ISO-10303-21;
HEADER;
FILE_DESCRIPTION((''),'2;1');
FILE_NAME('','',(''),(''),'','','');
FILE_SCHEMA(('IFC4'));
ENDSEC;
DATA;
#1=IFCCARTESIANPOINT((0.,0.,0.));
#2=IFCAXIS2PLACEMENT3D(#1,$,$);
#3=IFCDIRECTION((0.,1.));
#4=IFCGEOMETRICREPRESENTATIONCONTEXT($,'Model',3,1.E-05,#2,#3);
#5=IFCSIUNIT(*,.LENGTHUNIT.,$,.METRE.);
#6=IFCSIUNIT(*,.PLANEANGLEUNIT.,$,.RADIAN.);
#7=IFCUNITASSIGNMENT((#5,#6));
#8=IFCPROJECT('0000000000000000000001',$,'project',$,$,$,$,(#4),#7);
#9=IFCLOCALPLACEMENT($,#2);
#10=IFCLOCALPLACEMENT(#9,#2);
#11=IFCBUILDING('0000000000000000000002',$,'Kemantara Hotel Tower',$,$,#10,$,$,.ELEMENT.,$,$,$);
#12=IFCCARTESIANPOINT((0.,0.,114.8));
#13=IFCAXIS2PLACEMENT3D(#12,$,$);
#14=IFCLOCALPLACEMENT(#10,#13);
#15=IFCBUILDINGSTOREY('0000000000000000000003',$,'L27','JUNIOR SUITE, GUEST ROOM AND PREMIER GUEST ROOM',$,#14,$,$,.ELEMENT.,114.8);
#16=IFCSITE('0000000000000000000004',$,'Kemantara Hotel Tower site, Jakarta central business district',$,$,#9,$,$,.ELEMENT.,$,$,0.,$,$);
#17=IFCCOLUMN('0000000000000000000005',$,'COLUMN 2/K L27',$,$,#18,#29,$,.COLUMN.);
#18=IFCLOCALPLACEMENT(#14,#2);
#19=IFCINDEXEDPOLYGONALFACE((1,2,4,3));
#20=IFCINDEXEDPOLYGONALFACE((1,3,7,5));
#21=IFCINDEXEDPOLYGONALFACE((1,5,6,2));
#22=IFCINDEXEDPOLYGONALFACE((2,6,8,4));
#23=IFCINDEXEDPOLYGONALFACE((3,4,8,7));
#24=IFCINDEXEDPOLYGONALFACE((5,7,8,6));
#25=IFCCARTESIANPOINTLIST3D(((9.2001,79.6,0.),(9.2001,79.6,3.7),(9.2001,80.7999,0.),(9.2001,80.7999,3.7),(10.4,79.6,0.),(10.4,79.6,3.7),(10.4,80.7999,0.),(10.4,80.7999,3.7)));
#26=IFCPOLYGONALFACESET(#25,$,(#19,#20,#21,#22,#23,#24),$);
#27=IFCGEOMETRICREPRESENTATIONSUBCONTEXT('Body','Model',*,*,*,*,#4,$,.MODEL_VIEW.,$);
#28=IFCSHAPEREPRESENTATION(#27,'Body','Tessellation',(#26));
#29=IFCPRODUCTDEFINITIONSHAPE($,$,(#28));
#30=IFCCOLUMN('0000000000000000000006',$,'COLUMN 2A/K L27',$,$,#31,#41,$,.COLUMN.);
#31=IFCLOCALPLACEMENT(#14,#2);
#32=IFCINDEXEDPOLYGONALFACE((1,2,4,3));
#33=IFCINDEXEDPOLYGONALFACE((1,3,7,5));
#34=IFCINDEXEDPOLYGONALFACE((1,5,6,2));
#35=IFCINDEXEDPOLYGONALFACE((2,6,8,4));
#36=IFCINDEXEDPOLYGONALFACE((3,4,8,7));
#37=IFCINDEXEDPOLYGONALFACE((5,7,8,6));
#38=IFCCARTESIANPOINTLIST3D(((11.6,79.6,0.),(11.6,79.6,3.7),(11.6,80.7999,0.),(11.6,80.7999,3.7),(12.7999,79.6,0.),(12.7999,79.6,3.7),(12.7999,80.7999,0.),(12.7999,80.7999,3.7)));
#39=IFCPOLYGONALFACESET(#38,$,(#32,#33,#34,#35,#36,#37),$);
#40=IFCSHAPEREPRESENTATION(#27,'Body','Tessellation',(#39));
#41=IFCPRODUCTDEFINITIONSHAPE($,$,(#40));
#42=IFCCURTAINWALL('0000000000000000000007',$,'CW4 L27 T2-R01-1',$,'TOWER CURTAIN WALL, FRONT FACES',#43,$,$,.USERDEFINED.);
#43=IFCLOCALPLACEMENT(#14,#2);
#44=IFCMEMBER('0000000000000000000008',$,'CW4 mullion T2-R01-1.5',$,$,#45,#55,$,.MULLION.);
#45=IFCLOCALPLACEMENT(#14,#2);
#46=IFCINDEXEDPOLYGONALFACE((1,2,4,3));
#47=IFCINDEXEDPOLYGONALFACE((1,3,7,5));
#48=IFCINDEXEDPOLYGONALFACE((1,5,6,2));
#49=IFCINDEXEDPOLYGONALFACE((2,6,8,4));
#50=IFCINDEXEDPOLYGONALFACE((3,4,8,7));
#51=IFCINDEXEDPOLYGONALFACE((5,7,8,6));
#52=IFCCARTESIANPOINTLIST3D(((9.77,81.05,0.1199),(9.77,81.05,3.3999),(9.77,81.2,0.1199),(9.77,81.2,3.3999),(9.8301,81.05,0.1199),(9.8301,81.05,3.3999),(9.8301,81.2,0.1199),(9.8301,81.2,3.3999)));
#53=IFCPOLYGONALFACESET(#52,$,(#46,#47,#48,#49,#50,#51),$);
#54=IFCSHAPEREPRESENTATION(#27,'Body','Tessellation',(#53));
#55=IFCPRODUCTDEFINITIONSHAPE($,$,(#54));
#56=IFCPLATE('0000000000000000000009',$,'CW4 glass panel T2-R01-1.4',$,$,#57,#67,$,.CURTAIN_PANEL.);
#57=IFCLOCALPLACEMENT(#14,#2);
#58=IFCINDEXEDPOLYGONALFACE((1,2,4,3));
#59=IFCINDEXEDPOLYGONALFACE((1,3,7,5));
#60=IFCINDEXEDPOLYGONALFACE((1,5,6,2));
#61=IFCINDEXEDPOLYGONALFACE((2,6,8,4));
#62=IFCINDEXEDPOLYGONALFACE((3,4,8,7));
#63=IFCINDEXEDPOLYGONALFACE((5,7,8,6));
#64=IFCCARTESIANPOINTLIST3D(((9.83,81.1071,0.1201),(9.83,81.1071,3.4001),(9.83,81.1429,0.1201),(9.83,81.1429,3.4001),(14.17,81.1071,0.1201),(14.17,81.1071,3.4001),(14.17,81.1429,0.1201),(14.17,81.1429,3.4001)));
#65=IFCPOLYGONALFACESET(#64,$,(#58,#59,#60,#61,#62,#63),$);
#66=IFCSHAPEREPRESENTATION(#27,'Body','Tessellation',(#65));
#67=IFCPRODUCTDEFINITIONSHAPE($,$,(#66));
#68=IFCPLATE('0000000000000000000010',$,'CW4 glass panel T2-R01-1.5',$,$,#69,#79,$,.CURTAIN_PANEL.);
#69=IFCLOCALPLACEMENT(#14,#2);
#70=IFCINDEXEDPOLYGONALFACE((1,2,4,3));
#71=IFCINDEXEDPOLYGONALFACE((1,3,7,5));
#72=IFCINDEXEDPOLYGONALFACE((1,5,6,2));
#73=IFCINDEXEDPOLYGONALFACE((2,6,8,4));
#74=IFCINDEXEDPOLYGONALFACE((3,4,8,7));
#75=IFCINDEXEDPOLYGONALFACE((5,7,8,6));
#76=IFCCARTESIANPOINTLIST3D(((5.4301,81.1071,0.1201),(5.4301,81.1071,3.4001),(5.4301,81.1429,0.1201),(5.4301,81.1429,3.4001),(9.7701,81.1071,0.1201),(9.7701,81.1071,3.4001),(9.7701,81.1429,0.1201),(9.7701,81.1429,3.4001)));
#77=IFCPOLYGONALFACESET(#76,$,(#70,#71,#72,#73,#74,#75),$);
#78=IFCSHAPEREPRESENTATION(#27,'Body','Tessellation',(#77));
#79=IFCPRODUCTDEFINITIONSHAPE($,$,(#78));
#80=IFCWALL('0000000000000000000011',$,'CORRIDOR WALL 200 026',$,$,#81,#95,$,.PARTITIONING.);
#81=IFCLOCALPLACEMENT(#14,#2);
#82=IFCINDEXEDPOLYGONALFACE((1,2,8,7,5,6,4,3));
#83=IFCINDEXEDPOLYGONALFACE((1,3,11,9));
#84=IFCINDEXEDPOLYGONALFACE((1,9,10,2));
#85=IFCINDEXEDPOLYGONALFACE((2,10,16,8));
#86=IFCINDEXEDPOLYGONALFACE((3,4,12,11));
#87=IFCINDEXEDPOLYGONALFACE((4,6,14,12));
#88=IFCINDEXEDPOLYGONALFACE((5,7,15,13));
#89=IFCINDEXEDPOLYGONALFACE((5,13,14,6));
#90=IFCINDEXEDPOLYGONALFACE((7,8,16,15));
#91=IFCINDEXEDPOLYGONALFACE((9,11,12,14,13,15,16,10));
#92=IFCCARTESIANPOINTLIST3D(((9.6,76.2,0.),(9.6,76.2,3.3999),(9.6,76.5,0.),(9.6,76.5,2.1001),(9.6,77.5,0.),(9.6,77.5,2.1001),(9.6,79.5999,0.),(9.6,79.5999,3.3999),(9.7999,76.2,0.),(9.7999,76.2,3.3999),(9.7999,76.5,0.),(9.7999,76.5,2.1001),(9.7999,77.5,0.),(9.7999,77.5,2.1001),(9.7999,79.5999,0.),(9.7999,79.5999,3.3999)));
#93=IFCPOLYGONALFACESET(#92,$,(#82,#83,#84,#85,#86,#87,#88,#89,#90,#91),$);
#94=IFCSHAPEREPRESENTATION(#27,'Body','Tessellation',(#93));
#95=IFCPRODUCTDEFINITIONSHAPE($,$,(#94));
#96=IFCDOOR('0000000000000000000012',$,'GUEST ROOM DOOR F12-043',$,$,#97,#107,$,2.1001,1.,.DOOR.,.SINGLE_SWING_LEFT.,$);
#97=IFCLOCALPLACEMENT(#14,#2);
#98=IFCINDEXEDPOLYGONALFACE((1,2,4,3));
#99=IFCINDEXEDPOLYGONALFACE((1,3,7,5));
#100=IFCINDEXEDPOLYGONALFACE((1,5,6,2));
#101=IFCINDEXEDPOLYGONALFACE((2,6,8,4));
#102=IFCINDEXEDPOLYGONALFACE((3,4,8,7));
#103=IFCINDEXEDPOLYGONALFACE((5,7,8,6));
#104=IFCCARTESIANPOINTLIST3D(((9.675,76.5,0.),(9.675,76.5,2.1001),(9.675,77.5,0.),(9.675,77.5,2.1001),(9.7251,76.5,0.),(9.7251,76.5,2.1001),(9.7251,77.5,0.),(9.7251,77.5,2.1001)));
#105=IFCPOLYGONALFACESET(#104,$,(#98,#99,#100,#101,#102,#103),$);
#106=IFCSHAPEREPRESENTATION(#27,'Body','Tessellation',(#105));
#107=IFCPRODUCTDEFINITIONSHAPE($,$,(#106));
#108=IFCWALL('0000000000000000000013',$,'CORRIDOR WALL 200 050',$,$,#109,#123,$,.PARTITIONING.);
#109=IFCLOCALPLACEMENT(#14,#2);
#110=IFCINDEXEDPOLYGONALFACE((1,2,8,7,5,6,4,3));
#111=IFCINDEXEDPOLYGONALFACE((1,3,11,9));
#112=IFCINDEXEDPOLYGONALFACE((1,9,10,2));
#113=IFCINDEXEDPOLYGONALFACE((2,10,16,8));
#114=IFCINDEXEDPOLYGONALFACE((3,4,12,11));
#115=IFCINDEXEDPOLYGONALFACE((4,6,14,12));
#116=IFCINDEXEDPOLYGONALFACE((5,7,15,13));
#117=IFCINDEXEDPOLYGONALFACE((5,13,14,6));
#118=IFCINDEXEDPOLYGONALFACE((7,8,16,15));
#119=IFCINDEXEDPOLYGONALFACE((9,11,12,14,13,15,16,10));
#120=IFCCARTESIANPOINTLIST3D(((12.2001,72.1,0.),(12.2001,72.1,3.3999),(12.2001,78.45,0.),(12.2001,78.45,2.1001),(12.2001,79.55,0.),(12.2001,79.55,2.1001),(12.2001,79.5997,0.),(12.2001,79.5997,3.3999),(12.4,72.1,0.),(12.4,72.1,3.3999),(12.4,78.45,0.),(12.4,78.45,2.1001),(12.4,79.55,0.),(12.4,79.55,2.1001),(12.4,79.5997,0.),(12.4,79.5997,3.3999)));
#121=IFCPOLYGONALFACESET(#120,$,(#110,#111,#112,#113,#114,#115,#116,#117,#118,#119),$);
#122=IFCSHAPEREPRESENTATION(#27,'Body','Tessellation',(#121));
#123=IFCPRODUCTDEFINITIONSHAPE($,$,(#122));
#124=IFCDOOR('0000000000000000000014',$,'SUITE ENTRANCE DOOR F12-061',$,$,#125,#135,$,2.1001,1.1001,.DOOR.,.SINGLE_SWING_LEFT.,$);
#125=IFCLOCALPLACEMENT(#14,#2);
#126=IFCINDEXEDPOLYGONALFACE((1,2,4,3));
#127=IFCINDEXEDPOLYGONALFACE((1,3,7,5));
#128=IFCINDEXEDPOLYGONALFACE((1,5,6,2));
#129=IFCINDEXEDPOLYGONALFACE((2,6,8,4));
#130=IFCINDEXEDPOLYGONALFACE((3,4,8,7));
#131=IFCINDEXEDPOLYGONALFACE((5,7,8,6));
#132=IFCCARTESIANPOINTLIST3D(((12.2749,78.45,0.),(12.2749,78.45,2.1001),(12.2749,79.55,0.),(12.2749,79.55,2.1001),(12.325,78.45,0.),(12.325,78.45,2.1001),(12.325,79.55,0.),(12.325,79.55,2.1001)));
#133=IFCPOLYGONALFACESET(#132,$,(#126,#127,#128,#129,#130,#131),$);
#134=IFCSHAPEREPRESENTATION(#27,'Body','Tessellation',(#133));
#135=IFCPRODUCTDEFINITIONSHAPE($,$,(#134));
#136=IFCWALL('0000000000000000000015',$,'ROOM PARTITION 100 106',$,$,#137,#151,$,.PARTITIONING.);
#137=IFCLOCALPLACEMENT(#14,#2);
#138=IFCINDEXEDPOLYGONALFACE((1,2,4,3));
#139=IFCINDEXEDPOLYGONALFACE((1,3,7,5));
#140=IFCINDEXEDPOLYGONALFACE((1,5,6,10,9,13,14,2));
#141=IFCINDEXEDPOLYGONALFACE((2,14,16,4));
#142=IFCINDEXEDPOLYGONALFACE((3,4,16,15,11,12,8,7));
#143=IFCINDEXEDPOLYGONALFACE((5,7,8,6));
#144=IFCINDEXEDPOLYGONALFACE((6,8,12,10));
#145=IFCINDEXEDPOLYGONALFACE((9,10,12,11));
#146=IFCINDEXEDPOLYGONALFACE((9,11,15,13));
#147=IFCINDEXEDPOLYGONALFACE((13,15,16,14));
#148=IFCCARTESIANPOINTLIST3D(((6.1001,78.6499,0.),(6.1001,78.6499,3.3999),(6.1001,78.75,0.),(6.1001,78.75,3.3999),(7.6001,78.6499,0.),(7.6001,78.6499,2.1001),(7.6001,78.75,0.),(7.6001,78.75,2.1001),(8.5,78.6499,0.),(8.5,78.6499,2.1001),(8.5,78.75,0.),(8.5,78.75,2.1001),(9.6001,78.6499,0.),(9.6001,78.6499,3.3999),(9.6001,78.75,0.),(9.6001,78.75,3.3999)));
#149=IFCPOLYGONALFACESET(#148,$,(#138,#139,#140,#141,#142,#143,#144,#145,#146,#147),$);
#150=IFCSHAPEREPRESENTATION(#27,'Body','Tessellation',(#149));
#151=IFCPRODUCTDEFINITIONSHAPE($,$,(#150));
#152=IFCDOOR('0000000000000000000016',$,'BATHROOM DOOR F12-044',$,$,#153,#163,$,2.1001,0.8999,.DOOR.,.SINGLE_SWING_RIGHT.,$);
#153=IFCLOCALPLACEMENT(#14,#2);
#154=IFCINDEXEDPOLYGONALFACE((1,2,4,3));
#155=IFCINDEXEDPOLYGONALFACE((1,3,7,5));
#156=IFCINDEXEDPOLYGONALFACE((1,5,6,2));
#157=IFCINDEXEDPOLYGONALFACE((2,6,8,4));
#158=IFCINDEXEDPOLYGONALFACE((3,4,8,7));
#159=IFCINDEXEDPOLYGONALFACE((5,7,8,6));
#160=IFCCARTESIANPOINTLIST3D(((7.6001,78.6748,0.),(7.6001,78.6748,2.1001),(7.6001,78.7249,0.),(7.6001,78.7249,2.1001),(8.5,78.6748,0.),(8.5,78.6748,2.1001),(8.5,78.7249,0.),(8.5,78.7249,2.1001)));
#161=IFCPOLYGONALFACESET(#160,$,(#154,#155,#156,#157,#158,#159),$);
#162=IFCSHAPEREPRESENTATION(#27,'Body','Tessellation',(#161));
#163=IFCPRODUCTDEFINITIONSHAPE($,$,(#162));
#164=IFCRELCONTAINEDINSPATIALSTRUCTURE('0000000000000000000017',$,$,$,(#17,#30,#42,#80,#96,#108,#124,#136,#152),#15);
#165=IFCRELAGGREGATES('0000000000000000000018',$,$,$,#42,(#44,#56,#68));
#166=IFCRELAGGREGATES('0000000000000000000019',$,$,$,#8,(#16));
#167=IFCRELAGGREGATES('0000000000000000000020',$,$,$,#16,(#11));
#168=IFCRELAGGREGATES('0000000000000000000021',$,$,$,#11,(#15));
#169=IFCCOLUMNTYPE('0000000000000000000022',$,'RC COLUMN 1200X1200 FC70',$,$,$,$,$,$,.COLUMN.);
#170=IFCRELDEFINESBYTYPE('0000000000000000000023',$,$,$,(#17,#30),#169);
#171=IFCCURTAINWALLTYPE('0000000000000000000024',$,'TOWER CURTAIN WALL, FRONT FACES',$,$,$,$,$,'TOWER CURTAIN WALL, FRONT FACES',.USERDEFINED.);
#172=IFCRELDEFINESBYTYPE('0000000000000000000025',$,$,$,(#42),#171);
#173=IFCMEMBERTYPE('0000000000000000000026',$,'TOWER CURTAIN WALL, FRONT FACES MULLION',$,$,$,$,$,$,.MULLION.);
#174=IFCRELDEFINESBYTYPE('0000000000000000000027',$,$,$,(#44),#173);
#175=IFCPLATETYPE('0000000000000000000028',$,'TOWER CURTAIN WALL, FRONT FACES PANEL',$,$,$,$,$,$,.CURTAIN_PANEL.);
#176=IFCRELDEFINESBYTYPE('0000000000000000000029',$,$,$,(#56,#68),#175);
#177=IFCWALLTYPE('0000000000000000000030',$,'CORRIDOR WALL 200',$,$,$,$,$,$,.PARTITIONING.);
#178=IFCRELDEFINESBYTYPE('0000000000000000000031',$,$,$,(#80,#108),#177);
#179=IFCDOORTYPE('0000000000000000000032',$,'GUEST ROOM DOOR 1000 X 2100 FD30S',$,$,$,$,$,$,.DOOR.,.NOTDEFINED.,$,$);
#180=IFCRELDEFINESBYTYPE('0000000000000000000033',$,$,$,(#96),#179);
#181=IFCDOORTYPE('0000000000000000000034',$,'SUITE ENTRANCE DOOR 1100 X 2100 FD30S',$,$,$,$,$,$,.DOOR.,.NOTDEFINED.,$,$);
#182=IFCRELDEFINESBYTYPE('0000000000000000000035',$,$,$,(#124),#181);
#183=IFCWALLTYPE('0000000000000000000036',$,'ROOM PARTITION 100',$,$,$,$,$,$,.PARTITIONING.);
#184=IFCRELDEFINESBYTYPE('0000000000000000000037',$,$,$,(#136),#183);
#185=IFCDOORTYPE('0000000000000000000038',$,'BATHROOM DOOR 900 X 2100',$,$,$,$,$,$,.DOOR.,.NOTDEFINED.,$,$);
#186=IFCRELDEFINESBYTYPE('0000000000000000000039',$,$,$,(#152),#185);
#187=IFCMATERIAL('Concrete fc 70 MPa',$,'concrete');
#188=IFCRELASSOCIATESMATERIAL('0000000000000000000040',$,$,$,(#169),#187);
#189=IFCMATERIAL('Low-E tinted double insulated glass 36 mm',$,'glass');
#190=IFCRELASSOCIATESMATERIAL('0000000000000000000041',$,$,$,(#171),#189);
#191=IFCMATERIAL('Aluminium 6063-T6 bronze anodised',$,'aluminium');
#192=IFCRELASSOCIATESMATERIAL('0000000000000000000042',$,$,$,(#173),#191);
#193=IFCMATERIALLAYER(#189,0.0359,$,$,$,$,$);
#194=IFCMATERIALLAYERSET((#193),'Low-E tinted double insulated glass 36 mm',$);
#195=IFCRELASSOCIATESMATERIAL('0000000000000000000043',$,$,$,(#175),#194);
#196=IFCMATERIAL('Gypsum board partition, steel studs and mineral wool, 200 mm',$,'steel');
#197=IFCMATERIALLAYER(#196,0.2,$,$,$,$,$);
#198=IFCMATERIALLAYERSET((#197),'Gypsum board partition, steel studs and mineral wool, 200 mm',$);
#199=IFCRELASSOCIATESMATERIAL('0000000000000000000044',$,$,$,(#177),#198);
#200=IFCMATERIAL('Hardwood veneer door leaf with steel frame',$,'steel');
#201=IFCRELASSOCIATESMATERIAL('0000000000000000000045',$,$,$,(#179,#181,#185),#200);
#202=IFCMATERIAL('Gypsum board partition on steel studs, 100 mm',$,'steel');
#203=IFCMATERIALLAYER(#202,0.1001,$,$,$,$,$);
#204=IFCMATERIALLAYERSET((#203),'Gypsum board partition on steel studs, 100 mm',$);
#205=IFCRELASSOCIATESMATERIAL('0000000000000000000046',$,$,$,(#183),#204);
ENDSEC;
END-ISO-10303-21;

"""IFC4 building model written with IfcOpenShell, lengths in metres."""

from ifc_helpers import new_model, si_unit, direction, frame, frame_2d, origin, origin_2d, place, context, subcontext, project, spatial, rectangle, extrude, source, transform, mapped, material, layer, layer_set, material_profile, profile_set, type_object, element, fill, aggregate, save


model = new_model("IFC4")

# Units and contexts
model_context = context("Model", 3, precision=1e-05, world=origin(), true_north=direction((0.0, 1.0)))
body_context = subcontext(model_context, "Body", "Model", "MODEL_VIEW")
ifc_project = project(units=[si_unit("LENGTHUNIT", "METRE"), si_unit("PLANEANGLEUNIT", "RADIAN")], contexts=[model_context])

# Site, building, storey
site_placement = place(None, origin())
site = spatial("IfcSite", under=ifc_project, at=site_placement, Name="Kemantara Hotel Tower site, Jakarta central business district", CompositionType="ELEMENT", RefElevation=0.0)
building_placement = place(site_placement, origin())
building = spatial("IfcBuilding", under=site, at=building_placement, Name="Kemantara Hotel Tower", CompositionType="ELEMENT")
storey_placement = place(building_placement, frame((0.0, 0.0, 114.8)))
storey = spatial("IfcBuildingStorey", under=building, at=storey_placement, Name="L27", Description="JUNIOR SUITE, GUEST ROOM AND PREMIER GUEST ROOM", CompositionType="ELEMENT", Elevation=114.8)

# Columns
ifc_material_1 = material(Name="Concrete fc 70 MPa", Category="concrete")
ifc_material_profile_1 = material_profile(ifc_material_1, rectangle(XDim=1.2, YDim=1.2, at=origin_2d()), Name="RC 1200X1200")
ifc_profile_set_1 = profile_set([ifc_material_profile_1], Name="Concrete fc 70 MPa")
column_type = type_object("IfcColumnType", Name="RC COLUMN 1200X1200 FC70", PredefinedType="COLUMN", material=ifc_profile_set_1)
for number, where, z_axis, x_axis, name in (
    (1, (9.8, 80.2, 0.0), (0.0, 0.0, 1.0), (1.0, 0.0, 0.0), "COLUMN 2/K L27"),
    (2, (12.2, 80.2, 0.0), (0.0, 0.0, 1.0), (1.0, 0.0, 0.0), "COLUMN 2A/K L27"),
):
    element("IfcColumn", number, at=place(storey_placement, frame(where, z_axis=z_axis, x_axis=x_axis)), inside=storey, type_object=column_type, Name=name, PredefinedType="COLUMN", context=body_context, shape_type="SweptSolid", body=[
        extrude(rectangle(XDim=1.2, YDim=1.2, at=origin_2d()), origin(), (0.0, 0.0, 1.0), 3.7),
    ])

# Curtain wall, member, plates
ifc_material_2 = material(Name="Low-E tinted double insulated glass 36 mm", Category="glass")
curtain_wall_type = type_object("IfcCurtainWallType", Name="TOWER CURTAIN WALL, FRONT FACES", ElementType="TOWER CURTAIN WALL, FRONT FACES", PredefinedType="USERDEFINED", material=ifc_material_2)
curtain_wall_placement = place(storey_placement, origin())
curtain_wall = element("IfcCurtainWall", 3, at=curtain_wall_placement, inside=storey, type_object=curtain_wall_type, Name="CW4 L27 T2-R01-1", ObjectType="TOWER CURTAIN WALL, FRONT FACES", PredefinedType="USERDEFINED")
ifc_material_3 = material(Name="Aluminium 6063-T6 bronze anodised", Category="aluminium")
ifc_material_profile_2 = material_profile(ifc_material_3, rectangle(XDim=0.1499, YDim=0.0601, at=origin_2d()), Name="TOWER CURTAIN WALL, FRONT FACES MULLION")
ifc_profile_set_2 = profile_set([ifc_material_profile_2], Name="Aluminium 6063-T6 bronze anodised")
member_type = type_object("IfcMemberType", Name="TOWER CURTAIN WALL, FRONT FACES MULLION", PredefinedType="MULLION", material=ifc_profile_set_2)
shared_shape_1 = source(origin(), body_context, "Body", "SweptSolid", [
    extrude(rectangle(XDim=0.1499, YDim=0.0601, at=origin_2d()), origin(), (0.0, 0.0, 1.0), 3.28),
])
member_placement = place(storey_placement, frame((9.8, 81.125, 0.1199), z_axis=(0.0, 0.0, 1.0), x_axis=(0.0, -1.0, 0.0)))
member = element("IfcMember", 4, at=member_placement, type_object=member_type, Name="CW4 mullion T2-R01-1.5", PredefinedType="MULLION", context=body_context, shape_type="MappedRepresentation", body=[
    mapped(shared_shape_1, transform((0.0, 0.0, 0.0))),
])
ifc_layer_1 = layer(ifc_material_2, 0.0359)
ifc_layer_set_1 = layer_set([ifc_layer_1], Name="Low-E tinted double insulated glass 36 mm")
plate_type = type_object("IfcPlateType", Name="TOWER CURTAIN WALL, FRONT FACES PANEL", PredefinedType="CURTAIN_PANEL", material=ifc_layer_set_1)
shared_shape_2 = source(origin(), body_context, "Body", "SweptSolid", [
    extrude(rectangle(XDim=4.3401, YDim=0.0359, at=origin_2d()), origin(), (0.0, 0.0, 1.0), 3.28),
])
plate_1_placement = place(storey_placement, frame((12.0, 81.125, 0.1201), z_axis=(0.0, 0.0, 1.0), x_axis=(-1.0, 0.0, 0.0)))
plate_1 = element("IfcPlate", 5, at=plate_1_placement, type_object=plate_type, Name="CW4 glass panel T2-R01-1.4", PredefinedType="CURTAIN_PANEL", context=body_context, shape_type="MappedRepresentation", body=[
    mapped(shared_shape_2, transform((0.0, 0.0, 0.0))),
])
plate_2_placement = place(storey_placement, frame((7.6001, 81.125, 0.1201), z_axis=(0.0, 0.0, 1.0), x_axis=(-1.0, 0.0, 0.0)))
plate_2 = element("IfcPlate", 6, at=plate_2_placement, type_object=plate_type, Name="CW4 glass panel T2-R01-1.5", PredefinedType="CURTAIN_PANEL", context=body_context, shape_type="MappedRepresentation", body=[
    mapped(shared_shape_2, transform((0.0, 0.0, 0.0))),
])
aggregate(curtain_wall, [member, plate_1, plate_2])

# Walls, openings, doors
ifc_material_4 = material(Name="Gypsum board partition, steel studs and mineral wool, 200 mm", Category="steel")
ifc_layer_2 = layer(ifc_material_4, 0.2)
ifc_layer_set_2 = layer_set([ifc_layer_2], Name="Gypsum board partition, steel studs and mineral wool, 200 mm")
wall_type_1 = type_object("IfcWallType", Name="CORRIDOR WALL 200", PredefinedType="PARTITIONING", material=ifc_layer_set_2)
wall_1_placement = place(storey_placement, frame((9.7, 76.2, 0.0), z_axis=(0.0, 0.0, 1.0), x_axis=(0.0, 1.0, 0.0)))
wall_1 = element("IfcWall", 7, at=wall_1_placement, inside=storey, type_object=wall_type_1, Name="CORRIDOR WALL 200 026", PredefinedType="PARTITIONING", context=body_context, shape_type="SweptSolid", body=[
    extrude(rectangle(XDim=3.3999, YDim=0.2, at=frame_2d((1.7, 0.0))), origin(), (0.0, 0.0, 1.0), 3.3999),
])
opening_1_placement = place(wall_1_placement, frame((0.3, 0.0, 0.0)))
opening_1 = element("IfcOpeningElement", 8, at=opening_1_placement, cuts=wall_1, PredefinedType="OPENING", context=body_context, shape_type="SweptSolid", body=[
    extrude(rectangle(XDim=1.0, YDim=2.1001, at=frame_2d((0.5, 1.05))), frame((0.0, 0.1099, 0.0), z_axis=(0.0, -1.0, 0.0), x_axis=(1.0, 0.0, 0.0)), (0.0, 0.0, 1.0), 0.22),
])
ifc_material_5 = material(Name="Hardwood veneer door leaf with steel frame", Category="steel")
door_type_1 = type_object("IfcDoorType", Name="GUEST ROOM DOOR 1000 X 2100 FD30S", OperationType="NOTDEFINED", PredefinedType="DOOR", material=ifc_material_5)
door_1_placement = place(opening_1_placement, origin())
door_1 = element("IfcDoor", 9, at=door_1_placement, inside=storey, type_object=door_type_1, Name="GUEST ROOM DOOR F12-043", OperationType="SINGLE_SWING_LEFT", OverallHeight=2.1001, OverallWidth=1.0, PredefinedType="DOOR", context=body_context, shape_type="SweptSolid", body=[
    extrude(rectangle(XDim=1.0, YDim=2.1001, at=frame_2d((0.5, 1.05))), frame((0.0, 0.0249, 0.0), z_axis=(0.0, -1.0, 0.0), x_axis=(1.0, 0.0, 0.0)), (0.0, 0.0, 1.0), 0.05),
])
fill(opening_1, door_1)
wall_2_placement = place(storey_placement, frame((12.3, 79.5999, 0.0), z_axis=(0.0, 0.0, 1.0), x_axis=(0.0, -1.0, 0.0)))
wall_2 = element("IfcWall", 10, at=wall_2_placement, inside=storey, type_object=wall_type_1, Name="CORRIDOR WALL 200 050", PredefinedType="PARTITIONING", context=body_context, shape_type="SweptSolid", body=[
    extrude(rectangle(XDim=7.4998, YDim=0.2, at=frame_2d((3.75, 0.0))), origin(), (0.0, 0.0, 1.0), 3.3999),
])
opening_2_placement = place(wall_2_placement, frame((0.0498, 0.0, 0.0)))
opening_2 = element("IfcOpeningElement", 11, at=opening_2_placement, cuts=wall_2, PredefinedType="OPENING", context=body_context, shape_type="SweptSolid", body=[
    extrude(rectangle(XDim=1.1001, YDim=2.1001, at=frame_2d((0.55, 1.05))), frame((0.0, 0.1099, 0.0), z_axis=(0.0, -1.0, 0.0), x_axis=(1.0, 0.0, 0.0)), (0.0, 0.0, 1.0), 0.22),
])
door_type_2 = type_object("IfcDoorType", Name="SUITE ENTRANCE DOOR 1100 X 2100 FD30S", OperationType="NOTDEFINED", PredefinedType="DOOR", material=ifc_material_5)
door_2_placement = place(opening_2_placement, origin())
door_2 = element("IfcDoor", 12, at=door_2_placement, inside=storey, type_object=door_type_2, Name="SUITE ENTRANCE DOOR F12-061", OperationType="SINGLE_SWING_LEFT", OverallHeight=2.1001, OverallWidth=1.1001, PredefinedType="DOOR", context=body_context, shape_type="SweptSolid", body=[
    extrude(rectangle(XDim=1.1001, YDim=2.1001, at=frame_2d((0.55, 1.05))), frame((0.0, 0.0249, 0.0), z_axis=(0.0, -1.0, 0.0), x_axis=(1.0, 0.0, 0.0)), (0.0, 0.0, 1.0), 0.05),
])
fill(opening_2, door_2)
ifc_material_6 = material(Name="Gypsum board partition on steel studs, 100 mm", Category="steel")
ifc_layer_3 = layer(ifc_material_6, 0.1001)
ifc_layer_set_3 = layer_set([ifc_layer_3], Name="Gypsum board partition on steel studs, 100 mm")
wall_type_2 = type_object("IfcWallType", Name="ROOM PARTITION 100", PredefinedType="PARTITIONING", material=ifc_layer_set_3)
wall_3_placement = place(storey_placement, frame((6.1001, 78.7, 0.0), z_axis=(0.0, 0.0, 1.0), x_axis=(1.0, 0.0, 0.0)))
wall_3 = element("IfcWall", 13, at=wall_3_placement, inside=storey, type_object=wall_type_2, Name="ROOM PARTITION 100 106", PredefinedType="PARTITIONING", context=body_context, shape_type="SweptSolid", body=[
    extrude(rectangle(XDim=3.5, YDim=0.1001, at=frame_2d((1.75, 0.0))), origin(), (0.0, 0.0, 1.0), 3.3999),
])
opening_3_placement = place(wall_3_placement, frame((1.5, 0.0, 0.0)))
opening_3 = element("IfcOpeningElement", 14, at=opening_3_placement, cuts=wall_3, PredefinedType="OPENING", context=body_context, shape_type="SweptSolid", body=[
    extrude(rectangle(XDim=0.8999, YDim=2.1001, at=frame_2d((0.45, 1.05))), frame((0.0, 0.0601, 0.0), z_axis=(0.0, -1.0, 0.0), x_axis=(1.0, 0.0, 0.0)), (0.0, 0.0, 1.0), 0.1201),
])
door_type_3 = type_object("IfcDoorType", Name="BATHROOM DOOR 900 X 2100", OperationType="NOTDEFINED", PredefinedType="DOOR", material=ifc_material_5)
door_3_placement = place(opening_3_placement, origin())
door_3 = element("IfcDoor", 15, at=door_3_placement, inside=storey, type_object=door_type_3, Name="BATHROOM DOOR F12-044", OperationType="SINGLE_SWING_RIGHT", OverallHeight=2.1001, OverallWidth=0.8999, PredefinedType="DOOR", context=body_context, shape_type="SweptSolid", body=[
    extrude(rectangle(XDim=0.8999, YDim=2.1001, at=frame_2d((0.45, 1.05))), frame((0.0, 0.0249, 0.0), z_axis=(0.0, -1.0, 0.0), x_axis=(1.0, 0.0, 0.0)), (0.0, 0.0, 1.0), 0.05),
])
fill(opening_3, door_3)

save(model, "model.ifc")
